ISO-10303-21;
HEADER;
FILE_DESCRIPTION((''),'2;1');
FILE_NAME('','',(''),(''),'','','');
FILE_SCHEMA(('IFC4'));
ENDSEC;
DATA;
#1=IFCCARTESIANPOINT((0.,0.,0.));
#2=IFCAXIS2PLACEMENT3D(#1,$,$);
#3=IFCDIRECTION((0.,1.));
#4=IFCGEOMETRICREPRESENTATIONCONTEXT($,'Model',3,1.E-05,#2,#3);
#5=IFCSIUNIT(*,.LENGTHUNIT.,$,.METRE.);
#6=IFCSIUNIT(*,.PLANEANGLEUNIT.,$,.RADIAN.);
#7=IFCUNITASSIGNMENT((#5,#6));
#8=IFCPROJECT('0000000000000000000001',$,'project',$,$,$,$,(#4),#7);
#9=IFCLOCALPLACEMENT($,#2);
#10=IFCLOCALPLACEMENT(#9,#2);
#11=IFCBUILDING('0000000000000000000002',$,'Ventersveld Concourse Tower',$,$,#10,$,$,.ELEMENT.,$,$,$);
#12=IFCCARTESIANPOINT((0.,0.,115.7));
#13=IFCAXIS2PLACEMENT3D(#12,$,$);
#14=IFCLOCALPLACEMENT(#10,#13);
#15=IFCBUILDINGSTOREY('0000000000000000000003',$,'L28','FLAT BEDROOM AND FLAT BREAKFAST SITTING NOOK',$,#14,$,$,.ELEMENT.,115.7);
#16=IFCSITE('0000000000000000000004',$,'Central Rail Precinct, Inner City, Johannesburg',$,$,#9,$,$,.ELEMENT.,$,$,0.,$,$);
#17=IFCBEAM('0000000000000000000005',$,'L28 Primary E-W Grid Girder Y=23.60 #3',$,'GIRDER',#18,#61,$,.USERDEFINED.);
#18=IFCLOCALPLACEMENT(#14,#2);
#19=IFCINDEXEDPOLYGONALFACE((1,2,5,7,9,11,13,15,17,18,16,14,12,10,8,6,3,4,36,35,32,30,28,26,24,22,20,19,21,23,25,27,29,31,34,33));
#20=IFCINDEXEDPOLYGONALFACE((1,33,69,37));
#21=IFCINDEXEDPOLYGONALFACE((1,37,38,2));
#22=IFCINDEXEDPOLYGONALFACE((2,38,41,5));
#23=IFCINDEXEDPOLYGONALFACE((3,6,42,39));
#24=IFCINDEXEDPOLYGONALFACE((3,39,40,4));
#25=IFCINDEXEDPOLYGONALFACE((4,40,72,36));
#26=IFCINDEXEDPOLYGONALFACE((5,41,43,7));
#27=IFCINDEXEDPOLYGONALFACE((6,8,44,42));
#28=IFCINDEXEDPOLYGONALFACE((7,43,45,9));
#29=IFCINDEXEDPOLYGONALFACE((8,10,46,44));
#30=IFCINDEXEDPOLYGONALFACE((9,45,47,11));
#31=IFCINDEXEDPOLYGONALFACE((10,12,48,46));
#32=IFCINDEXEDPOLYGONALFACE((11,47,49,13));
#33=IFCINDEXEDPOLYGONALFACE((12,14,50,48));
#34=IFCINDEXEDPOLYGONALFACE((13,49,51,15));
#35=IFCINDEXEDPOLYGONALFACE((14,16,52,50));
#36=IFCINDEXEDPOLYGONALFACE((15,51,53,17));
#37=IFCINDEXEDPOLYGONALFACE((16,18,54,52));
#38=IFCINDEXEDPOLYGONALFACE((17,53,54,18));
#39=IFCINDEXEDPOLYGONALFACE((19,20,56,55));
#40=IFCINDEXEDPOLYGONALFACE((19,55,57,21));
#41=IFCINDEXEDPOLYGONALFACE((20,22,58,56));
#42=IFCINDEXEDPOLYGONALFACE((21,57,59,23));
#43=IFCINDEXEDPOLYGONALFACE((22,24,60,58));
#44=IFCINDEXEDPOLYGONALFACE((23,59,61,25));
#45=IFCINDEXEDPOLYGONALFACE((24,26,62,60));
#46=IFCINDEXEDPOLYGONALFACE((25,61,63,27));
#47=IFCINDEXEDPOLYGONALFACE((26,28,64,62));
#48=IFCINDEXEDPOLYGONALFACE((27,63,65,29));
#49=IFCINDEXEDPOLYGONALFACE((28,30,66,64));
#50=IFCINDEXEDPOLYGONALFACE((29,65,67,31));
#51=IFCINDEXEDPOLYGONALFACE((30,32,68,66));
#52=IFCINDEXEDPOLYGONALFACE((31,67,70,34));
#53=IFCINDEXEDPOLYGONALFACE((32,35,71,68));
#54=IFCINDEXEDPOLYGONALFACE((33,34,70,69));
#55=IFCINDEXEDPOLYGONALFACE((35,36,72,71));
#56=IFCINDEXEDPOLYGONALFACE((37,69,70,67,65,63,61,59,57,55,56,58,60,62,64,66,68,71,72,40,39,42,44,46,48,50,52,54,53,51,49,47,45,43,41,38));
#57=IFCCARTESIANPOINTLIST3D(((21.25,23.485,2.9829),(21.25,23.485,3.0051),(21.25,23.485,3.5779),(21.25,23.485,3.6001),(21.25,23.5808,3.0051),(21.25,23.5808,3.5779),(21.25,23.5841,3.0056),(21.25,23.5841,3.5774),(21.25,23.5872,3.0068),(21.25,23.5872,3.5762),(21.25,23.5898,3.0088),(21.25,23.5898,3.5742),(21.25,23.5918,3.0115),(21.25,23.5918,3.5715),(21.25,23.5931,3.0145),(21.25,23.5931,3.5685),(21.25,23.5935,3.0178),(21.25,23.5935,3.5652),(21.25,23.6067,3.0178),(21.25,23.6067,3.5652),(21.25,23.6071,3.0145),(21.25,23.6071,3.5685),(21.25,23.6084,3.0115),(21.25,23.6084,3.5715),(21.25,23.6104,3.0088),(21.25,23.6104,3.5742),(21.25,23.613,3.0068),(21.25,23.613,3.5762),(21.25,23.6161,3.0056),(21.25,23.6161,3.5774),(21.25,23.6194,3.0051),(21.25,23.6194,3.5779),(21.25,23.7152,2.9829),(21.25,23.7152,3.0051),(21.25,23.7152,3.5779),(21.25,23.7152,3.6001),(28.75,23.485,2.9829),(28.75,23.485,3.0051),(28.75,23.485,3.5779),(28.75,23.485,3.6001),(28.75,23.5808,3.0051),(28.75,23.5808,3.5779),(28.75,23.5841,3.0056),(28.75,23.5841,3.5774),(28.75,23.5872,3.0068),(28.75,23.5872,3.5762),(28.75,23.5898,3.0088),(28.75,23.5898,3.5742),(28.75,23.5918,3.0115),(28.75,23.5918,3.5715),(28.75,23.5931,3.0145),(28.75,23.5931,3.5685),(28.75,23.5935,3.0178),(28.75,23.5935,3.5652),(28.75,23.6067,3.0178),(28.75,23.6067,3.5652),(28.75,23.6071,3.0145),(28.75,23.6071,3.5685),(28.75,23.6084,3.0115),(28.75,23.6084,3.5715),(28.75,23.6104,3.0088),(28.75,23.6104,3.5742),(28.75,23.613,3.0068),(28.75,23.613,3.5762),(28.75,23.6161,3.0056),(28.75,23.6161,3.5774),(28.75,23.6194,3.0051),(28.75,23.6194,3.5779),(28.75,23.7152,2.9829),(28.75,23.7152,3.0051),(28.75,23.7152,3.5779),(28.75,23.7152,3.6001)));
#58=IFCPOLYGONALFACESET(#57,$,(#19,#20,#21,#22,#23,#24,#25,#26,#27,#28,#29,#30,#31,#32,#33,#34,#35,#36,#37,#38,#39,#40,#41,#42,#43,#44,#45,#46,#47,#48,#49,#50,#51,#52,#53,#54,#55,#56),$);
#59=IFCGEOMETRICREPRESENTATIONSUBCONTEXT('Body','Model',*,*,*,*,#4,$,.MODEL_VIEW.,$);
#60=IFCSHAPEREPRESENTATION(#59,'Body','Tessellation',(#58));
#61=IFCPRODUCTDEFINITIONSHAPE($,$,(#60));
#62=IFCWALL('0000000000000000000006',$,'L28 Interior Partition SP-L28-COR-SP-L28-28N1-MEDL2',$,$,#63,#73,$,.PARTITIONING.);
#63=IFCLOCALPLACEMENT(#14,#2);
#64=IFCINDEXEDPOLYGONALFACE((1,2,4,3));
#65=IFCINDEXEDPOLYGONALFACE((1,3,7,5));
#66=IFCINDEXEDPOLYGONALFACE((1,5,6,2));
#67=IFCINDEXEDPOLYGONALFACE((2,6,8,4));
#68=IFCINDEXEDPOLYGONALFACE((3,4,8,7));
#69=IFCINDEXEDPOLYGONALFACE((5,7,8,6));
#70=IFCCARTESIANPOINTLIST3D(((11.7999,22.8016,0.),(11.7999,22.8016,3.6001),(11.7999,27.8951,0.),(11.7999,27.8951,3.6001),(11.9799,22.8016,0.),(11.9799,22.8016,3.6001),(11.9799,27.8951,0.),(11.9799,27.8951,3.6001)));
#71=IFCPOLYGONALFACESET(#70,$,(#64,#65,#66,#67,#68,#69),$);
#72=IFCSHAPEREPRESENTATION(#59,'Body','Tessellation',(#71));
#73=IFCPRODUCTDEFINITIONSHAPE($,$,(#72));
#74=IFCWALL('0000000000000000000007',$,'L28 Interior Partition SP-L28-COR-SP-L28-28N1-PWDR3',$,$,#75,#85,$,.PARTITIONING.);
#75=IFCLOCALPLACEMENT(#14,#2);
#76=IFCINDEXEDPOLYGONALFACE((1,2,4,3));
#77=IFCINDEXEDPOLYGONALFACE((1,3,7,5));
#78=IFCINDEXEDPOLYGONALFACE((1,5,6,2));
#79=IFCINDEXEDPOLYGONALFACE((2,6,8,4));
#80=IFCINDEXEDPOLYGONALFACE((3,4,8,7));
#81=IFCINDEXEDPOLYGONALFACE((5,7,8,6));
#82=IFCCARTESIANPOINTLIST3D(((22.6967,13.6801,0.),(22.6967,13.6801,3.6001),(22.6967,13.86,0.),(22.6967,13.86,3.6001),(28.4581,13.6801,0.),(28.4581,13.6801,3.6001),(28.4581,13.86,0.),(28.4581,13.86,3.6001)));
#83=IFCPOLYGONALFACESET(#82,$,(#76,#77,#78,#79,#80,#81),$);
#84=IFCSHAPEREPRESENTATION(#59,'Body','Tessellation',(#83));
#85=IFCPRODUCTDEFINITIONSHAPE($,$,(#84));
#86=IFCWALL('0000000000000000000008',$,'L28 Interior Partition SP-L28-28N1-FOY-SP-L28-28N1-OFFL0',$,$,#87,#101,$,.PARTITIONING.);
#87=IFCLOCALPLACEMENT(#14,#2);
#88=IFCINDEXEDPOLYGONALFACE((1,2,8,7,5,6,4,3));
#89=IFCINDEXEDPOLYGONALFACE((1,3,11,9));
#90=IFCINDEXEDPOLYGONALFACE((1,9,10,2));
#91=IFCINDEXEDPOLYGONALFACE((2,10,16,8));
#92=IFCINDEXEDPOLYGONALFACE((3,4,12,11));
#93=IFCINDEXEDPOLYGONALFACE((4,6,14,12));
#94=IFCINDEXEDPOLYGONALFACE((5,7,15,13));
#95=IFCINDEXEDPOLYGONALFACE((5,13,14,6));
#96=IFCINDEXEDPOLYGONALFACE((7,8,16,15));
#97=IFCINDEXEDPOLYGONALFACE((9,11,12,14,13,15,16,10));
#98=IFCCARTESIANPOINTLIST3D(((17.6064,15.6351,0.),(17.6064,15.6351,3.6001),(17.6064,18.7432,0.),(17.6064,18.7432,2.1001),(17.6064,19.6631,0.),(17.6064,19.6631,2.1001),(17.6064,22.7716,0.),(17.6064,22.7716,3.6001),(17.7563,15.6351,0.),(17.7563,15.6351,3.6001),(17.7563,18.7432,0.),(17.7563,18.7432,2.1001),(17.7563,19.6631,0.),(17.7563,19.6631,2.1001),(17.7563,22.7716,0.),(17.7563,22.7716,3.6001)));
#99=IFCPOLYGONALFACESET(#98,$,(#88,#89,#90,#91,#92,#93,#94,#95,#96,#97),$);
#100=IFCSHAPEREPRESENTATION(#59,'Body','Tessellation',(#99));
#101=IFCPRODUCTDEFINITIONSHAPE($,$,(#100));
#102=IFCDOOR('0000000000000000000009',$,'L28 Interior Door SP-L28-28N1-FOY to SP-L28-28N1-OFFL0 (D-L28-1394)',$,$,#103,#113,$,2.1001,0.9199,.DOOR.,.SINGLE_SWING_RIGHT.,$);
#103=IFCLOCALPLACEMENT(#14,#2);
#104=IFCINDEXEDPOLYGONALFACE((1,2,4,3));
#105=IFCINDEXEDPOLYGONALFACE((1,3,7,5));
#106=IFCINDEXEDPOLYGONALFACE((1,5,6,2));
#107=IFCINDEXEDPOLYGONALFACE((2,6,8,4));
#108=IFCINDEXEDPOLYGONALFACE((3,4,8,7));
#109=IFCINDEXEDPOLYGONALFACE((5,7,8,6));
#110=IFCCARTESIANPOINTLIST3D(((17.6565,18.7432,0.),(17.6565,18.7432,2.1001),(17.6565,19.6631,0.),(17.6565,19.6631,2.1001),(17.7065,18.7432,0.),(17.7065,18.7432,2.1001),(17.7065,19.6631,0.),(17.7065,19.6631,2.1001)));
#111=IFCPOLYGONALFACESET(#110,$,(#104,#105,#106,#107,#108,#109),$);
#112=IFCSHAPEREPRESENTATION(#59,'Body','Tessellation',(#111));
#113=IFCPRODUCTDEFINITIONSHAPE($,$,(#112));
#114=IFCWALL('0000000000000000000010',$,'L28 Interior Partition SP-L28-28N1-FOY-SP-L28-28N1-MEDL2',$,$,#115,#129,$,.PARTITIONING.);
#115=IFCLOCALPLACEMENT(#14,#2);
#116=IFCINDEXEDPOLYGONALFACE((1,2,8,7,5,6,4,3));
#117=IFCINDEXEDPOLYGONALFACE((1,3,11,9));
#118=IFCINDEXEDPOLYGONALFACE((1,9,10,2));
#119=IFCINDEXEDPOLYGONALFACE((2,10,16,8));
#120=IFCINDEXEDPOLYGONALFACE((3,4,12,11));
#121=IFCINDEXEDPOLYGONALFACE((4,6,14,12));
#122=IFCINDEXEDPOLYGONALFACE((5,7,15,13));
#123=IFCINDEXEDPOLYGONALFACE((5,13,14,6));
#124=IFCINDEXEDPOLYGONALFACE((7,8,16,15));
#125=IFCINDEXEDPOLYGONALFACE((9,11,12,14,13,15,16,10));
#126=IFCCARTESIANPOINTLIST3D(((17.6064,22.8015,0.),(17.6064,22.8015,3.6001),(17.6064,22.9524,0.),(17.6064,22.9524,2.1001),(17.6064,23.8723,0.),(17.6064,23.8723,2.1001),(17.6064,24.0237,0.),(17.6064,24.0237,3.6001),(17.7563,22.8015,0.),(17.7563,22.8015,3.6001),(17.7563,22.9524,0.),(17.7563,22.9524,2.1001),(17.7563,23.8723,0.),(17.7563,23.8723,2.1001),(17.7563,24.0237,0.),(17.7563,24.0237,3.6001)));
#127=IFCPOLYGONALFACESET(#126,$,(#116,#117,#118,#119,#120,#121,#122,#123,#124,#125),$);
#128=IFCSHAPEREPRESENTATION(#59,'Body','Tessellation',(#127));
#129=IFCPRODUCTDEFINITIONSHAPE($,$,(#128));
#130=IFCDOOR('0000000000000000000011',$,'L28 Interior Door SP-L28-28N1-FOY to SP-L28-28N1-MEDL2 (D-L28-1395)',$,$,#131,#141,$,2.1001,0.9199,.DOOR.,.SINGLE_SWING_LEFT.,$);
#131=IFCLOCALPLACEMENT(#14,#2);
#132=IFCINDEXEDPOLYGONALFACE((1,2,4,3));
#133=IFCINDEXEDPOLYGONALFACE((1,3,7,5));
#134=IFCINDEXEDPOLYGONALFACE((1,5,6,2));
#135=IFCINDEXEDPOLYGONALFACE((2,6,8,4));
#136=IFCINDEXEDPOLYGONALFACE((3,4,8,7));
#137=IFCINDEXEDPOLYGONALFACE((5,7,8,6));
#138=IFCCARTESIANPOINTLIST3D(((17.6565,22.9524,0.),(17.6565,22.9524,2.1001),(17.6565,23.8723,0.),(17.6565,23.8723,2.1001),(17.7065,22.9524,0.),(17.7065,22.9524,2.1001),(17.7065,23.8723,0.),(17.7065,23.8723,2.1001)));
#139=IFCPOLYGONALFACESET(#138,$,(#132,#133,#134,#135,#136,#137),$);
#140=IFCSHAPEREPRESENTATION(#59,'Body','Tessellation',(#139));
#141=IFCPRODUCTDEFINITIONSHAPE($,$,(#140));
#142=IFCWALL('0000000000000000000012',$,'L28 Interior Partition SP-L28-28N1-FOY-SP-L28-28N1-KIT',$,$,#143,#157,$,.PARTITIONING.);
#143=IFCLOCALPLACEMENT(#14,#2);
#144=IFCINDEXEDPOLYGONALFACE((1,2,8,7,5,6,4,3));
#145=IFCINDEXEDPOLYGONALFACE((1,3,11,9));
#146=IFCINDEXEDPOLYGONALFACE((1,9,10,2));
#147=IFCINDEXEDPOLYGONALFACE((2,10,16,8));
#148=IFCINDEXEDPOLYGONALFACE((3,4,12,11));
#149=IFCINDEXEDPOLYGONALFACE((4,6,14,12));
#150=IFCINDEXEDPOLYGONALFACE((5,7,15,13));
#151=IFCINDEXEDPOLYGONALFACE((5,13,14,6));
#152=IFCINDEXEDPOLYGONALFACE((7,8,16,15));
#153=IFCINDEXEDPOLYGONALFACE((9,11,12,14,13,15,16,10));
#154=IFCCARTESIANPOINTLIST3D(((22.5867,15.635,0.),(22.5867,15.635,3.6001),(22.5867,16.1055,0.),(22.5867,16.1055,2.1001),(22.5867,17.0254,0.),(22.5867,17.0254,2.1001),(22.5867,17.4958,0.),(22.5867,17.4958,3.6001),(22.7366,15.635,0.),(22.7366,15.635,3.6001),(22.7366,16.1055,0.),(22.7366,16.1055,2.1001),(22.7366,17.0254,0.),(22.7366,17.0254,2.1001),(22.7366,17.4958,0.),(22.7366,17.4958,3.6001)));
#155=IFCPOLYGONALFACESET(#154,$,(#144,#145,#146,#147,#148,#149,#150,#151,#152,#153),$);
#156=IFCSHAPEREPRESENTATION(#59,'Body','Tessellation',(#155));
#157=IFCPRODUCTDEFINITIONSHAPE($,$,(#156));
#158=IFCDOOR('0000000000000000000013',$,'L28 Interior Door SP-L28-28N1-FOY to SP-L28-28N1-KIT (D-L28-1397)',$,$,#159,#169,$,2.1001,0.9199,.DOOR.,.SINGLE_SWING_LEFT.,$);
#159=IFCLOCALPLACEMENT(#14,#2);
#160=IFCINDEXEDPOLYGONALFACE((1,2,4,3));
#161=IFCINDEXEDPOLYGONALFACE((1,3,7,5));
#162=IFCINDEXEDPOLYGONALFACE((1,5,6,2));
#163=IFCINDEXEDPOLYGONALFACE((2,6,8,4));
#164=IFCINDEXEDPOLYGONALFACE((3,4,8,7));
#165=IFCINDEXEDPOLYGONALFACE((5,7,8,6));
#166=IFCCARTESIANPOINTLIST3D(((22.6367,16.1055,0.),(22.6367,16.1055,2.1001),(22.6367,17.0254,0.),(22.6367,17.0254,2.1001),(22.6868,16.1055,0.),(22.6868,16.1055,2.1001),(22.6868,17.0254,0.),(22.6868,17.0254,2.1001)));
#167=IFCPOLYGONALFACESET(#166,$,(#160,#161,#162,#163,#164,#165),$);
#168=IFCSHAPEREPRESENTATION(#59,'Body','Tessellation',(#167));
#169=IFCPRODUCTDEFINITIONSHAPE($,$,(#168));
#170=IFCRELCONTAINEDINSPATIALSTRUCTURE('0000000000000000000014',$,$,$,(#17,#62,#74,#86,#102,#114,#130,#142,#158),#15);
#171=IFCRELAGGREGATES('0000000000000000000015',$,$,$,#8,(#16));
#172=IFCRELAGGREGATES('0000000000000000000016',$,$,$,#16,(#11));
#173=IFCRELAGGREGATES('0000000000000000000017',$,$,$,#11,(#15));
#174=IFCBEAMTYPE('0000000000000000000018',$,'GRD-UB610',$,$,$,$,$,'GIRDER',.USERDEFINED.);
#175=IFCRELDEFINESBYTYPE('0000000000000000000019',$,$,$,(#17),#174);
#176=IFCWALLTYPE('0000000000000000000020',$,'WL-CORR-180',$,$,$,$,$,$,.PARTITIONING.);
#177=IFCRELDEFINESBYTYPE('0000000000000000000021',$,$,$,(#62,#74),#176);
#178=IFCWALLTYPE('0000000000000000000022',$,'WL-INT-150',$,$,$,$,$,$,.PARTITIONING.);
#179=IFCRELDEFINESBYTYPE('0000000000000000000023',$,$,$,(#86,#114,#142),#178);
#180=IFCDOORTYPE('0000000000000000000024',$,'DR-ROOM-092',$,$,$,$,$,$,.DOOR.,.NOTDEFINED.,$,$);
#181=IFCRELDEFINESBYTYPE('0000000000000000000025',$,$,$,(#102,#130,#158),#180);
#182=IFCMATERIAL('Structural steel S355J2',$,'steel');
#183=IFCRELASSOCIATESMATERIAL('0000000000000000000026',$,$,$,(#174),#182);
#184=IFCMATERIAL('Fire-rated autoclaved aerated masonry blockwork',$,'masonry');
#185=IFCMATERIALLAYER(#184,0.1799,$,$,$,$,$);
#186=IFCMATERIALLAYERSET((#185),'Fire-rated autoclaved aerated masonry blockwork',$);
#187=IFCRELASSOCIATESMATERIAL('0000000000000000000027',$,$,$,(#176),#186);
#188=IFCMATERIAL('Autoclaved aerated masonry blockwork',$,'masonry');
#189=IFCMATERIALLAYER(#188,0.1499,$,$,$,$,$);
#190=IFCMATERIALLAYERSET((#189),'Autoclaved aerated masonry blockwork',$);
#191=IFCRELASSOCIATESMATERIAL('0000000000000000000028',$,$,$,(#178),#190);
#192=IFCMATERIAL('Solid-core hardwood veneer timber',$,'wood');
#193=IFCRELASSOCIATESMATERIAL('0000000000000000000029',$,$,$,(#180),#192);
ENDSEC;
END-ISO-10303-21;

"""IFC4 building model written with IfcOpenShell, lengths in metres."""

from ifc_helpers import new_model, si_unit, direction, frame, frame_2d, origin, origin_2d, place, context, subcontext, project, spatial, rectangle, i_section, extrude, material, layer, layer_set, material_profile, profile_set, type_object, element, fill, save


model = new_model("IFC4")

# Units and contexts
model_context = context("Model", 3, precision=1e-05, world=origin(), true_north=direction((0.0, 1.0)))
body_context = subcontext(model_context, "Body", "Model", "MODEL_VIEW")
ifc_project = project(units=[si_unit("LENGTHUNIT", "METRE"), si_unit("PLANEANGLEUNIT", "RADIAN")], contexts=[model_context])

# Site, building, storey
site_placement = place(None, origin())
site = spatial("IfcSite", under=ifc_project, at=site_placement, Name="Central Rail Precinct, Inner City, Johannesburg", CompositionType="ELEMENT", RefElevation=0.0)
building_placement = place(site_placement, origin())
building = spatial("IfcBuilding", under=site, at=building_placement, Name="Ventersveld Concourse Tower", CompositionType="ELEMENT")
storey_placement = place(building_placement, frame((0.0, 0.0, 115.7)))
storey = spatial("IfcBuildingStorey", under=building, at=storey_placement, Name="L28", Description="FLAT BEDROOM AND FLAT BREAKFAST SITTING NOOK", CompositionType="ELEMENT", Elevation=115.7)

# Beam
ifc_material_1 = material(Name="Structural steel S355J2", Category="steel")
ifc_material_profile_1 = material_profile(ifc_material_1, i_section(OverallWidth=0.2302, OverallDepth=0.6172, WebThickness=0.0132, FlangeThickness=0.0222, FilletRadius=0.0127, at=origin_2d()), Name="UB 610x229x140")
ifc_profile_set_1 = profile_set([ifc_material_profile_1], Name="Structural steel S355J2")
beam_type_1 = type_object("IfcBeamType", Name="GRD-UB610", ElementType="GIRDER", PredefinedType="USERDEFINED", material=ifc_profile_set_1)
for number, where, z_axis, x_axis, name in (
    (1, (21.25, 23.6001, 3.2915), (1.0, 0.0, 0.0), (0.0, 1.0, 0.0), "L28 Primary E-W Grid Girder Y=23.60 #3"),
):
    element("IfcBeam", number, at=place(storey_placement, frame(where, z_axis=z_axis, x_axis=x_axis)), inside=storey, type_object=beam_type_1, Name=name, ObjectType="GIRDER", PredefinedType="USERDEFINED", context=body_context, shape_type="SweptSolid", body=[
        extrude(i_section(OverallWidth=0.2302, OverallDepth=0.6172, WebThickness=0.0132, FlangeThickness=0.0222, FilletRadius=0.0127, at=origin_2d()), origin(), (0.0, 0.0, 1.0), 7.5),
    ])

# Shared definitions
ifc_material_2 = material(Name="Fire-rated autoclaved aerated masonry blockwork", Category="masonry")
ifc_layer_1 = layer(ifc_material_2, 0.1799)
ifc_layer_set_1 = layer_set([ifc_layer_1], Name="Fire-rated autoclaved aerated masonry blockwork")
wall_type_1 = type_object("IfcWallType", Name="WL-CORR-180", PredefinedType="PARTITIONING", material=ifc_layer_set_1)
ifc_material_3 = material(Name="Solid-core hardwood veneer timber", Category="wood")

# Walls
wall_1_placement = place(storey_placement, frame((11.8899, 22.8015, 0.0), z_axis=(0.0, 0.0, 1.0), x_axis=(0.0, 1.0, 0.0)))
element("IfcWall", 2, at=wall_1_placement, inside=storey, type_object=wall_type_1, Name="L28 Interior Partition SP-L28-COR-SP-L28-28N1-MEDL2", PredefinedType="PARTITIONING", context=body_context, shape_type="SweptSolid", body=[
    extrude(rectangle(XDim=5.0935, YDim=0.1799, at=frame_2d((2.5469, 0.0))), origin(), (0.0, 0.0, 1.0), 3.6001),
])
wall_2_placement = place(storey_placement, frame((22.6965, 13.77, 0.0), z_axis=(0.0, 0.0, 1.0), x_axis=(1.0, 0.0, 0.0)))
element("IfcWall", 3, at=wall_2_placement, inside=storey, type_object=wall_type_1, Name="L28 Interior Partition SP-L28-COR-SP-L28-28N1-PWDR3", PredefinedType="PARTITIONING", context=body_context, shape_type="SweptSolid", body=[
    extrude(rectangle(XDim=5.7615, YDim=0.1799, at=frame_2d((2.8809, 0.0))), origin(), (0.0, 0.0, 1.0), 3.6001),
])

# Walls, openings, doors
ifc_material_4 = material(Name="Autoclaved aerated masonry blockwork", Category="masonry")
ifc_layer_2 = layer(ifc_material_4, 0.1499)
ifc_layer_set_2 = layer_set([ifc_layer_2], Name="Autoclaved aerated masonry blockwork")
wall_type_2 = type_object("IfcWallType", Name="WL-INT-150", PredefinedType="PARTITIONING", material=ifc_layer_set_2)
wall_3_placement = place(storey_placement, frame((17.6814, 15.635, 0.0), z_axis=(0.0, 0.0, 1.0), x_axis=(0.0, 1.0, 0.0)))
wall_3 = element("IfcWall", 4, at=wall_3_placement, inside=storey, type_object=wall_type_2, Name="L28 Interior Partition SP-L28-28N1-FOY-SP-L28-28N1-OFFL0", PredefinedType="PARTITIONING", context=body_context, shape_type="SweptSolid", body=[
    extrude(rectangle(XDim=7.1365, YDim=0.1499, at=frame_2d((3.5684, 0.0))), origin(), (0.0, 0.0, 1.0), 3.6001),
])
opening_1_placement = place(wall_3_placement, frame((3.1082, 0.0, 0.0)))
opening_1 = element("IfcOpeningElement", 5, at=opening_1_placement, cuts=wall_3, PredefinedType="OPENING", context=body_context, shape_type="SweptSolid", body=[
    extrude(rectangle(XDim=0.9199, YDim=2.1001, at=frame_2d((0.46, 1.05))), frame((0.0, 0.085, 0.0), z_axis=(0.0, -1.0, 0.0), x_axis=(1.0, 0.0, 0.0)), (0.0, 0.0, 1.0), 0.1699),
])
door_type_1 = type_object("IfcDoorType", Name="DR-ROOM-092", OperationType="NOTDEFINED", PredefinedType="DOOR", material=ifc_material_3)
door_1_placement = place(opening_1_placement, origin())
door_1 = element("IfcDoor", 6, at=door_1_placement, inside=storey, type_object=door_type_1, Name="L28 Interior Door SP-L28-28N1-FOY to SP-L28-28N1-OFFL0 (D-L28-1394)", OperationType="SINGLE_SWING_RIGHT", OverallHeight=2.1001, OverallWidth=0.9199, PredefinedType="DOOR", context=body_context, shape_type="SweptSolid", body=[
    extrude(rectangle(XDim=0.9199, YDim=2.1001, at=frame_2d((0.46, 1.05))), frame((0.0, 0.0249, 0.0), z_axis=(0.0, -1.0, 0.0), x_axis=(1.0, 0.0, 0.0)), (0.0, 0.0, 1.0), 0.05),
])
fill(opening_1, door_1)
wall_4_placement = place(storey_placement, frame((17.6814, 22.8015, 0.0), z_axis=(0.0, 0.0, 1.0), x_axis=(0.0, 1.0, 0.0)))
wall_4 = element("IfcWall", 7, at=wall_4_placement, inside=storey, type_object=wall_type_2, Name="L28 Interior Partition SP-L28-28N1-FOY-SP-L28-28N1-MEDL2", PredefinedType="PARTITIONING", context=body_context, shape_type="SweptSolid", body=[
    extrude(rectangle(XDim=1.2222, YDim=0.1499, at=frame_2d((0.6111, 0.0))), origin(), (0.0, 0.0, 1.0), 3.6001),
])
opening_2_placement = place(wall_4_placement, frame((0.1509, 0.0, 0.0)))
opening_2 = element("IfcOpeningElement", 8, at=opening_2_placement, cuts=wall_4, PredefinedType="OPENING", context=body_context, shape_type="SweptSolid", body=[
    extrude(rectangle(XDim=0.9199, YDim=2.1001, at=frame_2d((0.46, 1.05))), frame((0.0, 0.085, 0.0), z_axis=(0.0, -1.0, 0.0), x_axis=(1.0, 0.0, 0.0)), (0.0, 0.0, 1.0), 0.1699),
])
door_2_placement = place(opening_2_placement, origin())
door_2 = element("IfcDoor", 9, at=door_2_placement, inside=storey, type_object=door_type_1, Name="L28 Interior Door SP-L28-28N1-FOY to SP-L28-28N1-MEDL2 (D-L28-1395)", OperationType="SINGLE_SWING_LEFT", OverallHeight=2.1001, OverallWidth=0.9199, PredefinedType="DOOR", context=body_context, shape_type="SweptSolid", body=[
    extrude(rectangle(XDim=0.9199, YDim=2.1001, at=frame_2d((0.46, 1.05))), frame((0.0, 0.0249, 0.0), z_axis=(0.0, -1.0, 0.0), x_axis=(1.0, 0.0, 0.0)), (0.0, 0.0, 1.0), 0.05),
])
fill(opening_2, door_2)
wall_5_placement = place(storey_placement, frame((22.6616, 15.635, 0.0), z_axis=(0.0, 0.0, 1.0), x_axis=(0.0, 1.0, 0.0)))
wall_5 = element("IfcWall", 10, at=wall_5_placement, inside=storey, type_object=wall_type_2, Name="L28 Interior Partition SP-L28-28N1-FOY-SP-L28-28N1-KIT", PredefinedType="PARTITIONING", context=body_context, shape_type="SweptSolid", body=[
    extrude(rectangle(XDim=1.8608, YDim=0.1499, at=frame_2d((0.9304, 0.0))), origin(), (0.0, 0.0, 1.0), 3.6001),
])
opening_3_placement = place(wall_5_placement, frame((0.4705, 0.0, 0.0)))
opening_3 = element("IfcOpeningElement", 11, at=opening_3_placement, cuts=wall_5, PredefinedType="OPENING", context=body_context, shape_type="SweptSolid", body=[
    extrude(rectangle(XDim=0.9199, YDim=2.1001, at=frame_2d((0.46, 1.05))), frame((0.0, 0.085, 0.0), z_axis=(0.0, -1.0, 0.0), x_axis=(1.0, 0.0, 0.0)), (0.0, 0.0, 1.0), 0.1699),
])
door_3_placement = place(opening_3_placement, origin())
door_3 = element("IfcDoor", 12, at=door_3_placement, inside=storey, type_object=door_type_1, Name="L28 Interior Door SP-L28-28N1-FOY to SP-L28-28N1-KIT (D-L28-1397)", OperationType="SINGLE_SWING_LEFT", OverallHeight=2.1001, OverallWidth=0.9199, PredefinedType="DOOR", context=body_context, shape_type="SweptSolid", body=[
    extrude(rectangle(XDim=0.9199, YDim=2.1001, at=frame_2d((0.46, 1.05))), frame((0.0, 0.0249, 0.0), z_axis=(0.0, -1.0, 0.0), x_axis=(1.0, 0.0, 0.0)), (0.0, 0.0, 1.0), 0.05),
])
fill(opening_3, door_3)

save(model, "model.ifc")
